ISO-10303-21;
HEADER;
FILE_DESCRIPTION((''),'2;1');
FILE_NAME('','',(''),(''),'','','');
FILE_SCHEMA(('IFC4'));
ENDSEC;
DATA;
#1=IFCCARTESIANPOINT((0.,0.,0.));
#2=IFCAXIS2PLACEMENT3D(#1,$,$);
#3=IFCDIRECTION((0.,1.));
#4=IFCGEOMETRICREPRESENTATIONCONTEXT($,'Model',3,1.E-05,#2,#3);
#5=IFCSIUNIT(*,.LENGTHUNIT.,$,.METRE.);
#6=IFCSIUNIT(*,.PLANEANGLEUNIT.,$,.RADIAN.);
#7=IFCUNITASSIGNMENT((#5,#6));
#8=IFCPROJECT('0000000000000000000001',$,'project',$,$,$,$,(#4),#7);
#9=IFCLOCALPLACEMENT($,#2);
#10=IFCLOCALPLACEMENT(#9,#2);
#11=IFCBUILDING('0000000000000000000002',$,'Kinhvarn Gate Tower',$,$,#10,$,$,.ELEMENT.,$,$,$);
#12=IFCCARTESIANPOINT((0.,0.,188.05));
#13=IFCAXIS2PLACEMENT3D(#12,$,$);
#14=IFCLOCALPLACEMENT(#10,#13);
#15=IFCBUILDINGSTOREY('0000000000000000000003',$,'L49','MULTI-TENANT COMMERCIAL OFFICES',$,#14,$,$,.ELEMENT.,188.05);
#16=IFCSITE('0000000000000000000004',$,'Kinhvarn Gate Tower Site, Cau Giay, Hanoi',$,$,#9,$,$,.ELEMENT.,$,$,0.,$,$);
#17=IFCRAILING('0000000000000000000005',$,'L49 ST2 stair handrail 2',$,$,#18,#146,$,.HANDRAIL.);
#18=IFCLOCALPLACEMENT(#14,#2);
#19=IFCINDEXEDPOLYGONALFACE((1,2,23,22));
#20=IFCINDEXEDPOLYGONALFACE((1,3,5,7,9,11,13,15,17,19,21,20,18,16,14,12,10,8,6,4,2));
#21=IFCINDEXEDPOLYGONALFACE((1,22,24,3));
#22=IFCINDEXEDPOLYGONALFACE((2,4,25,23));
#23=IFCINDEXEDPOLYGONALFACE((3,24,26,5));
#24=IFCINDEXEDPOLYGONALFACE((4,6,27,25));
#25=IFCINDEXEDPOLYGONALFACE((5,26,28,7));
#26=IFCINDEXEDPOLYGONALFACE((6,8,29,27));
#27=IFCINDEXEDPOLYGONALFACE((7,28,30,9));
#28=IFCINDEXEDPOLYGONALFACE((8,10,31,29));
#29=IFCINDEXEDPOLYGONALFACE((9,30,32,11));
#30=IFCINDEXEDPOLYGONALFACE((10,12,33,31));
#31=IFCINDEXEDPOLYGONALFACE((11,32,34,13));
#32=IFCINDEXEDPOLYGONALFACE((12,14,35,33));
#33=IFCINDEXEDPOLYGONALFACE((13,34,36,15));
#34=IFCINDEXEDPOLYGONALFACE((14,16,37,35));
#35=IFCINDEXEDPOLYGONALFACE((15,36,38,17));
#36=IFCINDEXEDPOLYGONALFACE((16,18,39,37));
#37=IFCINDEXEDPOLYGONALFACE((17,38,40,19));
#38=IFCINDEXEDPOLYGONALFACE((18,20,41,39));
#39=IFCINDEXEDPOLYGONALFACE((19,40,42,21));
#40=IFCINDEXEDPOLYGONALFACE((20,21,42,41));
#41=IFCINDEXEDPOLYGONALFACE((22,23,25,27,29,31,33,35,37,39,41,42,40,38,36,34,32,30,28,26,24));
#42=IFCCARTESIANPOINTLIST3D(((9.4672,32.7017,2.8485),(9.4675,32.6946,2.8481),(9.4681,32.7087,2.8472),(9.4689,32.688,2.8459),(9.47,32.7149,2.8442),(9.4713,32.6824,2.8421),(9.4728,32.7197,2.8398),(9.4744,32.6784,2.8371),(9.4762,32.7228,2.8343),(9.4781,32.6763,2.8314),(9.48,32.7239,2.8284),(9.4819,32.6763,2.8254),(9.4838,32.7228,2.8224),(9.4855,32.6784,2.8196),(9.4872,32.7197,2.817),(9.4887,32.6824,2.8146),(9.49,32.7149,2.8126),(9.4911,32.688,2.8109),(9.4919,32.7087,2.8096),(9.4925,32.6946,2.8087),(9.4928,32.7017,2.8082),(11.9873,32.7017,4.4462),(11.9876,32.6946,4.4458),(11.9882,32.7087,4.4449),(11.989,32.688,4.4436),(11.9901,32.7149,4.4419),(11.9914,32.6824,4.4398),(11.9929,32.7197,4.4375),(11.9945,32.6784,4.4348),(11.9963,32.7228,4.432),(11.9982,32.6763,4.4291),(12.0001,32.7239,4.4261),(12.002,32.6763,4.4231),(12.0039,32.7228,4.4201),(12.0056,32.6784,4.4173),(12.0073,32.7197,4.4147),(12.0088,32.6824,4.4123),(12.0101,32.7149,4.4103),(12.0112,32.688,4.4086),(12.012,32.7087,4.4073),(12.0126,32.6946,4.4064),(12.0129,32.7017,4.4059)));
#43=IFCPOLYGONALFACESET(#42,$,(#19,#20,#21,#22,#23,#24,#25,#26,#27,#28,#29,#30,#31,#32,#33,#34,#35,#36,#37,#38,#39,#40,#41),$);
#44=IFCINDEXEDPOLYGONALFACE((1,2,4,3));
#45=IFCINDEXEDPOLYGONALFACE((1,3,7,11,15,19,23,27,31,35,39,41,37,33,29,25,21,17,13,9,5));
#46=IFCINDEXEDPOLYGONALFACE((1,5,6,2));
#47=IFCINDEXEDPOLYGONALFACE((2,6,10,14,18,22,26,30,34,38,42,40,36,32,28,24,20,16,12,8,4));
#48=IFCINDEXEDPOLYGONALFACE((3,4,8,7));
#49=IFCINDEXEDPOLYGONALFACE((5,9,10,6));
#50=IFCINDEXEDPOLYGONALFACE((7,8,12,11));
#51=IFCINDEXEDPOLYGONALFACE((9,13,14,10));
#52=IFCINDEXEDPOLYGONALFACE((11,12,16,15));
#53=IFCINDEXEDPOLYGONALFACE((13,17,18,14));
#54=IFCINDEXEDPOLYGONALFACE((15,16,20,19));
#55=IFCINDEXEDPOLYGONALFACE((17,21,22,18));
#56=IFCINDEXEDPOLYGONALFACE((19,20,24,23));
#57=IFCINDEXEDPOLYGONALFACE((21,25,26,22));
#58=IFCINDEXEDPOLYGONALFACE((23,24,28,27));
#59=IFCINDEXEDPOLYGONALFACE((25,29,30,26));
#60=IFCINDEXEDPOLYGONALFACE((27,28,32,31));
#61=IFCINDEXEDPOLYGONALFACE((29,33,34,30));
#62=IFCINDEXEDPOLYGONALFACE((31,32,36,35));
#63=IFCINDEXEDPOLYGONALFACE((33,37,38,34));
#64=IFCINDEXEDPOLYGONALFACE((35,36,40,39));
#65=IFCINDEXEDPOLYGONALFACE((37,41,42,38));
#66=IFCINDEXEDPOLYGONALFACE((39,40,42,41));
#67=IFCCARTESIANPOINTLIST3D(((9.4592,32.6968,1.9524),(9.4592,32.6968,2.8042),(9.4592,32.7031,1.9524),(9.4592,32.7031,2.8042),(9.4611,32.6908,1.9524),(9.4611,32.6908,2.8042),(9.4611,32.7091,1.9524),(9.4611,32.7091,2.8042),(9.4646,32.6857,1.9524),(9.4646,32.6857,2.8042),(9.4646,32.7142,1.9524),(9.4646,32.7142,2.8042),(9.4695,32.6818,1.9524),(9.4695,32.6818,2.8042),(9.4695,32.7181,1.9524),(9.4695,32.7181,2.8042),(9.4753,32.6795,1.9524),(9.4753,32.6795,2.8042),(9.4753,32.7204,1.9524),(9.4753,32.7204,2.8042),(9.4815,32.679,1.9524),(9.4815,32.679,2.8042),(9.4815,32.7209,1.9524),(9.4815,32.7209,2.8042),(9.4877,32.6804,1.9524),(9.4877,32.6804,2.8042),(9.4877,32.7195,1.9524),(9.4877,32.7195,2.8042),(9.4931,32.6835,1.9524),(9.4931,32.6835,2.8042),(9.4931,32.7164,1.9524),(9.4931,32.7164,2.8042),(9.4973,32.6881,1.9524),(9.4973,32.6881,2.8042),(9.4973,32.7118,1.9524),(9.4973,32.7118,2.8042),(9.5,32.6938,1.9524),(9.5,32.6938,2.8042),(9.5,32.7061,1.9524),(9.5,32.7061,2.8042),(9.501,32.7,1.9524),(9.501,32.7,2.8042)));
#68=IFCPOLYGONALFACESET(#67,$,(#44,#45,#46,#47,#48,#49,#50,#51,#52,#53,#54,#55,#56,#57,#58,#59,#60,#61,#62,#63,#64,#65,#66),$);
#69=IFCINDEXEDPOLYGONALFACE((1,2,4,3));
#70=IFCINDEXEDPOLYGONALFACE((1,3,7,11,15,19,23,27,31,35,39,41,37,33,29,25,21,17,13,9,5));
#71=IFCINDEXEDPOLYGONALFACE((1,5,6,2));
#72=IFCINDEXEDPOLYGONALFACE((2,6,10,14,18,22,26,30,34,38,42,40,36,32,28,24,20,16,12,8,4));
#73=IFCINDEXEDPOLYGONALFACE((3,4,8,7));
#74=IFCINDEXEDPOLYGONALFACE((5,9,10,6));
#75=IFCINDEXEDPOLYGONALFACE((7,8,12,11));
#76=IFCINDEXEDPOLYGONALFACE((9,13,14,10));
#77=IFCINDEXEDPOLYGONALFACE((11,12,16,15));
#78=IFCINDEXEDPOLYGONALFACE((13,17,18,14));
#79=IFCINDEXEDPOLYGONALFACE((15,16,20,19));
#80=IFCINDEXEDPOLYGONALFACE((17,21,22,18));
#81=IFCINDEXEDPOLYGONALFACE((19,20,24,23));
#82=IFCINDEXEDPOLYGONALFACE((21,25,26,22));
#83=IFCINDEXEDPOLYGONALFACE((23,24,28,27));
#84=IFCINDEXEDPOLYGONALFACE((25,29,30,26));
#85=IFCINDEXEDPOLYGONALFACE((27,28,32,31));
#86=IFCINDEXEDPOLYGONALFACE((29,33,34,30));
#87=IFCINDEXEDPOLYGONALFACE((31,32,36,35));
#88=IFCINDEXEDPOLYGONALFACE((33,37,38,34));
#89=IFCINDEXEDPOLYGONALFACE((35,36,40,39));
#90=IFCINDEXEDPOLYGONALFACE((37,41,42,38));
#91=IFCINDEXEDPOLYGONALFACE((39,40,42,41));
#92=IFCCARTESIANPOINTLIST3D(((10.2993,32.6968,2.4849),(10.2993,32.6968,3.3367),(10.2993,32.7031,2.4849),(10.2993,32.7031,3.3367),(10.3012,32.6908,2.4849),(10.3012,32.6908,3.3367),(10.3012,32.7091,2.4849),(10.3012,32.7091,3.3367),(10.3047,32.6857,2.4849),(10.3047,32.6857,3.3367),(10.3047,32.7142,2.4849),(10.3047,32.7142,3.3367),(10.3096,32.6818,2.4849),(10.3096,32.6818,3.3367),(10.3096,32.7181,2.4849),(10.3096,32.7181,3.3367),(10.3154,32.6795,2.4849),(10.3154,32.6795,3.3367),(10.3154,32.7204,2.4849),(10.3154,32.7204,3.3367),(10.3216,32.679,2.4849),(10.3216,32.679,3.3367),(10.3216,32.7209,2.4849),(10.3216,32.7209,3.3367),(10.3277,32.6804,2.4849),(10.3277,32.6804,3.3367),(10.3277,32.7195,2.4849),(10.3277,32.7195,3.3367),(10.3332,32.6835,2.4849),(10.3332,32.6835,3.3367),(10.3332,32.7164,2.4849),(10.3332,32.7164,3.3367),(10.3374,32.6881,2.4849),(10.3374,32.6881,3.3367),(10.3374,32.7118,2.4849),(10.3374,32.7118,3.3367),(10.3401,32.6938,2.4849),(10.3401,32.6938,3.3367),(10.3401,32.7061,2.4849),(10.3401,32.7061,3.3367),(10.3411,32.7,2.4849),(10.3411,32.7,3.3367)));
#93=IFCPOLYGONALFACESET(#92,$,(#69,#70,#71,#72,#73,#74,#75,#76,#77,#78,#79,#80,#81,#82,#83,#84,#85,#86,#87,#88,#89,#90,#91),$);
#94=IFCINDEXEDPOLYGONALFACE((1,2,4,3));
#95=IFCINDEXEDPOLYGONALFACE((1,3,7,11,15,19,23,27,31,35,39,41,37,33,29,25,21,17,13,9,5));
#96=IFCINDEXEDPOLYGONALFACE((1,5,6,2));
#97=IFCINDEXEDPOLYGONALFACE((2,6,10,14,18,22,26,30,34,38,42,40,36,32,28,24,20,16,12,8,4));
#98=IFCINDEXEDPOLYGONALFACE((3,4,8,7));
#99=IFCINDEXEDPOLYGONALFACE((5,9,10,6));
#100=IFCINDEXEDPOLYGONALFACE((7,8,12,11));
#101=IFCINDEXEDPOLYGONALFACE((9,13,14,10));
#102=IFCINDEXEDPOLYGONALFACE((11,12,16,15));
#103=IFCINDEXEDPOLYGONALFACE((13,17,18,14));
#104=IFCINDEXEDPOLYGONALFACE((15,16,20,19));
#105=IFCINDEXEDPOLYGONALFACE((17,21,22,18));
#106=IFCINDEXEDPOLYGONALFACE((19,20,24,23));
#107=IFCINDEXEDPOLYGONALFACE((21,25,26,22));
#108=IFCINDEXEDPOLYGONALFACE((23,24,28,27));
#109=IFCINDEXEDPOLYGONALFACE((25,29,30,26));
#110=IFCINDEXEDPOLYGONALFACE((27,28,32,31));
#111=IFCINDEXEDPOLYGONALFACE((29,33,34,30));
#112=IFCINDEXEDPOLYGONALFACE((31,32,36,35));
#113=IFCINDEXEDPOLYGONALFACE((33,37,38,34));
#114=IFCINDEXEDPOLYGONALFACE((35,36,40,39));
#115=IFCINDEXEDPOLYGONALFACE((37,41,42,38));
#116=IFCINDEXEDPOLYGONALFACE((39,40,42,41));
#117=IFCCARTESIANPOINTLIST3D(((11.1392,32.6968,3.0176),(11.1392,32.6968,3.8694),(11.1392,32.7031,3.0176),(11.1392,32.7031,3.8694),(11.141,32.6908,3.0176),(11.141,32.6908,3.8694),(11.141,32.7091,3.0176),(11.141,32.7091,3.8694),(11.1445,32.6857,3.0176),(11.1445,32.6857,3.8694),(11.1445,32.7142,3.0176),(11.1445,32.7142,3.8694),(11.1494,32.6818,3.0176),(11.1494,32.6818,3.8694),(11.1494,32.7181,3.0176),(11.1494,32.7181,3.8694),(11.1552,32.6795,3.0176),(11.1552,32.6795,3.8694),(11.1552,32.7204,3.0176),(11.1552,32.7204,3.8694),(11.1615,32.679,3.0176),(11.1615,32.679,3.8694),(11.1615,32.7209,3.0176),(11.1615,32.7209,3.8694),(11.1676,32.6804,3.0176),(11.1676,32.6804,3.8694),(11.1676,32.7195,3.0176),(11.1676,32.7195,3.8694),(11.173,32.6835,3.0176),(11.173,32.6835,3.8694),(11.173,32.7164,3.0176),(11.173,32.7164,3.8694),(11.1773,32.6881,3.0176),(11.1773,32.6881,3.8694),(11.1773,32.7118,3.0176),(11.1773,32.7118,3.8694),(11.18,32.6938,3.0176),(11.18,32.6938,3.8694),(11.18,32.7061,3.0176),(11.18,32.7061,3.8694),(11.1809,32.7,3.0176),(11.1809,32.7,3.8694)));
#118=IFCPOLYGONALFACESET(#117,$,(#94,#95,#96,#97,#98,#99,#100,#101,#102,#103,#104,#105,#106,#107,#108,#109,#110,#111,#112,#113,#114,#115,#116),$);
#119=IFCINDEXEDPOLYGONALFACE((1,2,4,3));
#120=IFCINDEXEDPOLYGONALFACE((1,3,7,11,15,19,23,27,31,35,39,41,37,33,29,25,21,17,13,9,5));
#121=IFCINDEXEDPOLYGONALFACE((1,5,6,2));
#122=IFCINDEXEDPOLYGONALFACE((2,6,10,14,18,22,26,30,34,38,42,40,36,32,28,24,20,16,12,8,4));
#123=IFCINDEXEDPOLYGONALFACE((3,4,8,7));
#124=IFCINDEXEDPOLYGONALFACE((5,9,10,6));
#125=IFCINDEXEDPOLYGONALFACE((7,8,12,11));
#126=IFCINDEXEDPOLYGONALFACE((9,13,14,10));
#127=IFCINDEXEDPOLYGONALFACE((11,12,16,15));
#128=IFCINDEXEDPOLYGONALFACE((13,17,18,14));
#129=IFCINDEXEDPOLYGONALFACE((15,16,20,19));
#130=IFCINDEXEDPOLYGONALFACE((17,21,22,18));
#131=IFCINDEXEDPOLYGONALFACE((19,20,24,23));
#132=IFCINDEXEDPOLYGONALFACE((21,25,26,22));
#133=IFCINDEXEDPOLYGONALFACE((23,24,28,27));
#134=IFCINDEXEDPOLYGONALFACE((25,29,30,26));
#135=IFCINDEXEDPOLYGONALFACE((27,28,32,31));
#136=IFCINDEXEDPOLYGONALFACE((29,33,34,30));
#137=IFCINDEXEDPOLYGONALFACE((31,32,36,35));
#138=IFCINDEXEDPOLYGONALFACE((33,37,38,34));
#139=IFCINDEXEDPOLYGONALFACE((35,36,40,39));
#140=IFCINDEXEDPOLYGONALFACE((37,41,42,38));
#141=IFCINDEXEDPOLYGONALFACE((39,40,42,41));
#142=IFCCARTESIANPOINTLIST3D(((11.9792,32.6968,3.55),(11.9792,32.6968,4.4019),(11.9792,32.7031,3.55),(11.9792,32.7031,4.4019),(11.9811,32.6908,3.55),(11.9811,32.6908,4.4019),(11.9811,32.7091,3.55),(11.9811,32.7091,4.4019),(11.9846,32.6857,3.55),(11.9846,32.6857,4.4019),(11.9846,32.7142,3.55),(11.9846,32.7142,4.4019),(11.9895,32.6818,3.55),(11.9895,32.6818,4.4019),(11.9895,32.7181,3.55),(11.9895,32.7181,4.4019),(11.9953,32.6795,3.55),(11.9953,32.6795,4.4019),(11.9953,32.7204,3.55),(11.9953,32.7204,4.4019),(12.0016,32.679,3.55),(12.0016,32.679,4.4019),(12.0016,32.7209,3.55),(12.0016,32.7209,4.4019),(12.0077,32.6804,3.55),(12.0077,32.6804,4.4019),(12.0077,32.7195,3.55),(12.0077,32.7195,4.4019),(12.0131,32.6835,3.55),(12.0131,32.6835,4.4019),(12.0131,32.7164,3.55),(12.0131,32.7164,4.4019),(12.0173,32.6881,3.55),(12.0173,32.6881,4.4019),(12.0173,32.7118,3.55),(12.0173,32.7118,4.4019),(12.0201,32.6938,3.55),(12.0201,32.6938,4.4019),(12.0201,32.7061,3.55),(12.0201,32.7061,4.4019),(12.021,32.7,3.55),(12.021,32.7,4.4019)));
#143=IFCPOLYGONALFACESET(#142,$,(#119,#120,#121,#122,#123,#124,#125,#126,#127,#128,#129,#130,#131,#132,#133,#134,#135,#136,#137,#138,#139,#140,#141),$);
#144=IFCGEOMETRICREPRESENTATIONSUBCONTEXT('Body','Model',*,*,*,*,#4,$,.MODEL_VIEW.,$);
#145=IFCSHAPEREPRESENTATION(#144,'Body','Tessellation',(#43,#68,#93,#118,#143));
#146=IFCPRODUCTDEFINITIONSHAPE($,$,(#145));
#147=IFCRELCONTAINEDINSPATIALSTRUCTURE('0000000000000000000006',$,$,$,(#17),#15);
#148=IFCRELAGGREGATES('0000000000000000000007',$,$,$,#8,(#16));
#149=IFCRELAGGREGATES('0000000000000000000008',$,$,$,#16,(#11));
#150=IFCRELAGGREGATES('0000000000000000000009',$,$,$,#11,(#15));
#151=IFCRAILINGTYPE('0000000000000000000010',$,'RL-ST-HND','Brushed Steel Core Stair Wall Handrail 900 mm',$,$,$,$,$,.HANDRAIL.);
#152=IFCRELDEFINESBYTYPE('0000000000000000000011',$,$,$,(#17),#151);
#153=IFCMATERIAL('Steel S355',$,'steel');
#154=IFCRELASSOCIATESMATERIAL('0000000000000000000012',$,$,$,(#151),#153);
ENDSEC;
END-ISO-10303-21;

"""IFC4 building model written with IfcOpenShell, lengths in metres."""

from ifc_helpers import new_model, si_unit, direction, frame, origin, origin_2d, place, context, subcontext, project, spatial, circle, extrude, material, type_object, element, save


model = new_model("IFC4")

# Units and contexts
model_context = context("Model", 3, precision=1e-05, world=origin(), true_north=direction((0.0, 1.0)))
body_context = subcontext(model_context, "Body", "Model", "MODEL_VIEW")
ifc_project = project(units=[si_unit("LENGTHUNIT", "METRE"), si_unit("PLANEANGLEUNIT", "RADIAN")], contexts=[model_context])

# Site, building, storey
site_placement = place(None, origin())
site = spatial("IfcSite", under=ifc_project, at=site_placement, Name="Kinhvarn Gate Tower Site, Cau Giay, Hanoi", CompositionType="ELEMENT", RefElevation=0.0)
building_placement = place(site_placement, origin())
building = spatial("IfcBuilding", under=site, at=building_placement, Name="Kinhvarn Gate Tower", CompositionType="ELEMENT")
storey_placement = place(building_placement, frame((0.0, 0.0, 188.05)))
storey = spatial("IfcBuildingStorey", under=building, at=storey_placement, Name="L49", Description="MULTI-TENANT COMMERCIAL OFFICES", CompositionType="ELEMENT", Elevation=188.05)

# Railing
ifc_material_1 = material(Name="Steel S355", Category="steel")
railing_type_1 = type_object("IfcRailingType", Name="RL-ST-HND", Description="Brushed Steel Core Stair Wall Handrail 900 mm", PredefinedType="HANDRAIL", material=ifc_material_1)
railing_1_placement = place(storey_placement, frame((9.48, 32.7, 1.9524)))
element("IfcRailing", 1, at=railing_1_placement, inside=storey, type_object=railing_type_1, Name="L49 ST2 stair handrail 2", PredefinedType="HANDRAIL", context=body_context, shape_type="SweptSolid", body=[
    extrude(circle(Radius=0.0239, at=origin_2d()), frame((0.0, 0.0, 0.876), z_axis=(0.84457, 0.0, 0.535445), x_axis=(0.0, 1.0, 0.0)), (0.0, 0.0, 1.0), 2.9839),
    extrude(circle(Radius=0.021, at=origin_2d()), origin(), (0.0, 0.0, 1.0), 0.8518),
    extrude(circle(Radius=0.021, at=origin_2d()), frame((0.8401, 0.0, 0.5325)), (0.0, 0.0, 1.0), 0.8518),
    extrude(circle(Radius=0.021, at=origin_2d()), frame((1.6799, 0.0, 1.0652)), (0.0, 0.0, 1.0), 0.8518),
    extrude(circle(Radius=0.021, at=origin_2d()), frame((2.52, 0.0, 1.5977)), (0.0, 0.0, 1.0), 0.8518),
])

save(model, "model.ifc")
